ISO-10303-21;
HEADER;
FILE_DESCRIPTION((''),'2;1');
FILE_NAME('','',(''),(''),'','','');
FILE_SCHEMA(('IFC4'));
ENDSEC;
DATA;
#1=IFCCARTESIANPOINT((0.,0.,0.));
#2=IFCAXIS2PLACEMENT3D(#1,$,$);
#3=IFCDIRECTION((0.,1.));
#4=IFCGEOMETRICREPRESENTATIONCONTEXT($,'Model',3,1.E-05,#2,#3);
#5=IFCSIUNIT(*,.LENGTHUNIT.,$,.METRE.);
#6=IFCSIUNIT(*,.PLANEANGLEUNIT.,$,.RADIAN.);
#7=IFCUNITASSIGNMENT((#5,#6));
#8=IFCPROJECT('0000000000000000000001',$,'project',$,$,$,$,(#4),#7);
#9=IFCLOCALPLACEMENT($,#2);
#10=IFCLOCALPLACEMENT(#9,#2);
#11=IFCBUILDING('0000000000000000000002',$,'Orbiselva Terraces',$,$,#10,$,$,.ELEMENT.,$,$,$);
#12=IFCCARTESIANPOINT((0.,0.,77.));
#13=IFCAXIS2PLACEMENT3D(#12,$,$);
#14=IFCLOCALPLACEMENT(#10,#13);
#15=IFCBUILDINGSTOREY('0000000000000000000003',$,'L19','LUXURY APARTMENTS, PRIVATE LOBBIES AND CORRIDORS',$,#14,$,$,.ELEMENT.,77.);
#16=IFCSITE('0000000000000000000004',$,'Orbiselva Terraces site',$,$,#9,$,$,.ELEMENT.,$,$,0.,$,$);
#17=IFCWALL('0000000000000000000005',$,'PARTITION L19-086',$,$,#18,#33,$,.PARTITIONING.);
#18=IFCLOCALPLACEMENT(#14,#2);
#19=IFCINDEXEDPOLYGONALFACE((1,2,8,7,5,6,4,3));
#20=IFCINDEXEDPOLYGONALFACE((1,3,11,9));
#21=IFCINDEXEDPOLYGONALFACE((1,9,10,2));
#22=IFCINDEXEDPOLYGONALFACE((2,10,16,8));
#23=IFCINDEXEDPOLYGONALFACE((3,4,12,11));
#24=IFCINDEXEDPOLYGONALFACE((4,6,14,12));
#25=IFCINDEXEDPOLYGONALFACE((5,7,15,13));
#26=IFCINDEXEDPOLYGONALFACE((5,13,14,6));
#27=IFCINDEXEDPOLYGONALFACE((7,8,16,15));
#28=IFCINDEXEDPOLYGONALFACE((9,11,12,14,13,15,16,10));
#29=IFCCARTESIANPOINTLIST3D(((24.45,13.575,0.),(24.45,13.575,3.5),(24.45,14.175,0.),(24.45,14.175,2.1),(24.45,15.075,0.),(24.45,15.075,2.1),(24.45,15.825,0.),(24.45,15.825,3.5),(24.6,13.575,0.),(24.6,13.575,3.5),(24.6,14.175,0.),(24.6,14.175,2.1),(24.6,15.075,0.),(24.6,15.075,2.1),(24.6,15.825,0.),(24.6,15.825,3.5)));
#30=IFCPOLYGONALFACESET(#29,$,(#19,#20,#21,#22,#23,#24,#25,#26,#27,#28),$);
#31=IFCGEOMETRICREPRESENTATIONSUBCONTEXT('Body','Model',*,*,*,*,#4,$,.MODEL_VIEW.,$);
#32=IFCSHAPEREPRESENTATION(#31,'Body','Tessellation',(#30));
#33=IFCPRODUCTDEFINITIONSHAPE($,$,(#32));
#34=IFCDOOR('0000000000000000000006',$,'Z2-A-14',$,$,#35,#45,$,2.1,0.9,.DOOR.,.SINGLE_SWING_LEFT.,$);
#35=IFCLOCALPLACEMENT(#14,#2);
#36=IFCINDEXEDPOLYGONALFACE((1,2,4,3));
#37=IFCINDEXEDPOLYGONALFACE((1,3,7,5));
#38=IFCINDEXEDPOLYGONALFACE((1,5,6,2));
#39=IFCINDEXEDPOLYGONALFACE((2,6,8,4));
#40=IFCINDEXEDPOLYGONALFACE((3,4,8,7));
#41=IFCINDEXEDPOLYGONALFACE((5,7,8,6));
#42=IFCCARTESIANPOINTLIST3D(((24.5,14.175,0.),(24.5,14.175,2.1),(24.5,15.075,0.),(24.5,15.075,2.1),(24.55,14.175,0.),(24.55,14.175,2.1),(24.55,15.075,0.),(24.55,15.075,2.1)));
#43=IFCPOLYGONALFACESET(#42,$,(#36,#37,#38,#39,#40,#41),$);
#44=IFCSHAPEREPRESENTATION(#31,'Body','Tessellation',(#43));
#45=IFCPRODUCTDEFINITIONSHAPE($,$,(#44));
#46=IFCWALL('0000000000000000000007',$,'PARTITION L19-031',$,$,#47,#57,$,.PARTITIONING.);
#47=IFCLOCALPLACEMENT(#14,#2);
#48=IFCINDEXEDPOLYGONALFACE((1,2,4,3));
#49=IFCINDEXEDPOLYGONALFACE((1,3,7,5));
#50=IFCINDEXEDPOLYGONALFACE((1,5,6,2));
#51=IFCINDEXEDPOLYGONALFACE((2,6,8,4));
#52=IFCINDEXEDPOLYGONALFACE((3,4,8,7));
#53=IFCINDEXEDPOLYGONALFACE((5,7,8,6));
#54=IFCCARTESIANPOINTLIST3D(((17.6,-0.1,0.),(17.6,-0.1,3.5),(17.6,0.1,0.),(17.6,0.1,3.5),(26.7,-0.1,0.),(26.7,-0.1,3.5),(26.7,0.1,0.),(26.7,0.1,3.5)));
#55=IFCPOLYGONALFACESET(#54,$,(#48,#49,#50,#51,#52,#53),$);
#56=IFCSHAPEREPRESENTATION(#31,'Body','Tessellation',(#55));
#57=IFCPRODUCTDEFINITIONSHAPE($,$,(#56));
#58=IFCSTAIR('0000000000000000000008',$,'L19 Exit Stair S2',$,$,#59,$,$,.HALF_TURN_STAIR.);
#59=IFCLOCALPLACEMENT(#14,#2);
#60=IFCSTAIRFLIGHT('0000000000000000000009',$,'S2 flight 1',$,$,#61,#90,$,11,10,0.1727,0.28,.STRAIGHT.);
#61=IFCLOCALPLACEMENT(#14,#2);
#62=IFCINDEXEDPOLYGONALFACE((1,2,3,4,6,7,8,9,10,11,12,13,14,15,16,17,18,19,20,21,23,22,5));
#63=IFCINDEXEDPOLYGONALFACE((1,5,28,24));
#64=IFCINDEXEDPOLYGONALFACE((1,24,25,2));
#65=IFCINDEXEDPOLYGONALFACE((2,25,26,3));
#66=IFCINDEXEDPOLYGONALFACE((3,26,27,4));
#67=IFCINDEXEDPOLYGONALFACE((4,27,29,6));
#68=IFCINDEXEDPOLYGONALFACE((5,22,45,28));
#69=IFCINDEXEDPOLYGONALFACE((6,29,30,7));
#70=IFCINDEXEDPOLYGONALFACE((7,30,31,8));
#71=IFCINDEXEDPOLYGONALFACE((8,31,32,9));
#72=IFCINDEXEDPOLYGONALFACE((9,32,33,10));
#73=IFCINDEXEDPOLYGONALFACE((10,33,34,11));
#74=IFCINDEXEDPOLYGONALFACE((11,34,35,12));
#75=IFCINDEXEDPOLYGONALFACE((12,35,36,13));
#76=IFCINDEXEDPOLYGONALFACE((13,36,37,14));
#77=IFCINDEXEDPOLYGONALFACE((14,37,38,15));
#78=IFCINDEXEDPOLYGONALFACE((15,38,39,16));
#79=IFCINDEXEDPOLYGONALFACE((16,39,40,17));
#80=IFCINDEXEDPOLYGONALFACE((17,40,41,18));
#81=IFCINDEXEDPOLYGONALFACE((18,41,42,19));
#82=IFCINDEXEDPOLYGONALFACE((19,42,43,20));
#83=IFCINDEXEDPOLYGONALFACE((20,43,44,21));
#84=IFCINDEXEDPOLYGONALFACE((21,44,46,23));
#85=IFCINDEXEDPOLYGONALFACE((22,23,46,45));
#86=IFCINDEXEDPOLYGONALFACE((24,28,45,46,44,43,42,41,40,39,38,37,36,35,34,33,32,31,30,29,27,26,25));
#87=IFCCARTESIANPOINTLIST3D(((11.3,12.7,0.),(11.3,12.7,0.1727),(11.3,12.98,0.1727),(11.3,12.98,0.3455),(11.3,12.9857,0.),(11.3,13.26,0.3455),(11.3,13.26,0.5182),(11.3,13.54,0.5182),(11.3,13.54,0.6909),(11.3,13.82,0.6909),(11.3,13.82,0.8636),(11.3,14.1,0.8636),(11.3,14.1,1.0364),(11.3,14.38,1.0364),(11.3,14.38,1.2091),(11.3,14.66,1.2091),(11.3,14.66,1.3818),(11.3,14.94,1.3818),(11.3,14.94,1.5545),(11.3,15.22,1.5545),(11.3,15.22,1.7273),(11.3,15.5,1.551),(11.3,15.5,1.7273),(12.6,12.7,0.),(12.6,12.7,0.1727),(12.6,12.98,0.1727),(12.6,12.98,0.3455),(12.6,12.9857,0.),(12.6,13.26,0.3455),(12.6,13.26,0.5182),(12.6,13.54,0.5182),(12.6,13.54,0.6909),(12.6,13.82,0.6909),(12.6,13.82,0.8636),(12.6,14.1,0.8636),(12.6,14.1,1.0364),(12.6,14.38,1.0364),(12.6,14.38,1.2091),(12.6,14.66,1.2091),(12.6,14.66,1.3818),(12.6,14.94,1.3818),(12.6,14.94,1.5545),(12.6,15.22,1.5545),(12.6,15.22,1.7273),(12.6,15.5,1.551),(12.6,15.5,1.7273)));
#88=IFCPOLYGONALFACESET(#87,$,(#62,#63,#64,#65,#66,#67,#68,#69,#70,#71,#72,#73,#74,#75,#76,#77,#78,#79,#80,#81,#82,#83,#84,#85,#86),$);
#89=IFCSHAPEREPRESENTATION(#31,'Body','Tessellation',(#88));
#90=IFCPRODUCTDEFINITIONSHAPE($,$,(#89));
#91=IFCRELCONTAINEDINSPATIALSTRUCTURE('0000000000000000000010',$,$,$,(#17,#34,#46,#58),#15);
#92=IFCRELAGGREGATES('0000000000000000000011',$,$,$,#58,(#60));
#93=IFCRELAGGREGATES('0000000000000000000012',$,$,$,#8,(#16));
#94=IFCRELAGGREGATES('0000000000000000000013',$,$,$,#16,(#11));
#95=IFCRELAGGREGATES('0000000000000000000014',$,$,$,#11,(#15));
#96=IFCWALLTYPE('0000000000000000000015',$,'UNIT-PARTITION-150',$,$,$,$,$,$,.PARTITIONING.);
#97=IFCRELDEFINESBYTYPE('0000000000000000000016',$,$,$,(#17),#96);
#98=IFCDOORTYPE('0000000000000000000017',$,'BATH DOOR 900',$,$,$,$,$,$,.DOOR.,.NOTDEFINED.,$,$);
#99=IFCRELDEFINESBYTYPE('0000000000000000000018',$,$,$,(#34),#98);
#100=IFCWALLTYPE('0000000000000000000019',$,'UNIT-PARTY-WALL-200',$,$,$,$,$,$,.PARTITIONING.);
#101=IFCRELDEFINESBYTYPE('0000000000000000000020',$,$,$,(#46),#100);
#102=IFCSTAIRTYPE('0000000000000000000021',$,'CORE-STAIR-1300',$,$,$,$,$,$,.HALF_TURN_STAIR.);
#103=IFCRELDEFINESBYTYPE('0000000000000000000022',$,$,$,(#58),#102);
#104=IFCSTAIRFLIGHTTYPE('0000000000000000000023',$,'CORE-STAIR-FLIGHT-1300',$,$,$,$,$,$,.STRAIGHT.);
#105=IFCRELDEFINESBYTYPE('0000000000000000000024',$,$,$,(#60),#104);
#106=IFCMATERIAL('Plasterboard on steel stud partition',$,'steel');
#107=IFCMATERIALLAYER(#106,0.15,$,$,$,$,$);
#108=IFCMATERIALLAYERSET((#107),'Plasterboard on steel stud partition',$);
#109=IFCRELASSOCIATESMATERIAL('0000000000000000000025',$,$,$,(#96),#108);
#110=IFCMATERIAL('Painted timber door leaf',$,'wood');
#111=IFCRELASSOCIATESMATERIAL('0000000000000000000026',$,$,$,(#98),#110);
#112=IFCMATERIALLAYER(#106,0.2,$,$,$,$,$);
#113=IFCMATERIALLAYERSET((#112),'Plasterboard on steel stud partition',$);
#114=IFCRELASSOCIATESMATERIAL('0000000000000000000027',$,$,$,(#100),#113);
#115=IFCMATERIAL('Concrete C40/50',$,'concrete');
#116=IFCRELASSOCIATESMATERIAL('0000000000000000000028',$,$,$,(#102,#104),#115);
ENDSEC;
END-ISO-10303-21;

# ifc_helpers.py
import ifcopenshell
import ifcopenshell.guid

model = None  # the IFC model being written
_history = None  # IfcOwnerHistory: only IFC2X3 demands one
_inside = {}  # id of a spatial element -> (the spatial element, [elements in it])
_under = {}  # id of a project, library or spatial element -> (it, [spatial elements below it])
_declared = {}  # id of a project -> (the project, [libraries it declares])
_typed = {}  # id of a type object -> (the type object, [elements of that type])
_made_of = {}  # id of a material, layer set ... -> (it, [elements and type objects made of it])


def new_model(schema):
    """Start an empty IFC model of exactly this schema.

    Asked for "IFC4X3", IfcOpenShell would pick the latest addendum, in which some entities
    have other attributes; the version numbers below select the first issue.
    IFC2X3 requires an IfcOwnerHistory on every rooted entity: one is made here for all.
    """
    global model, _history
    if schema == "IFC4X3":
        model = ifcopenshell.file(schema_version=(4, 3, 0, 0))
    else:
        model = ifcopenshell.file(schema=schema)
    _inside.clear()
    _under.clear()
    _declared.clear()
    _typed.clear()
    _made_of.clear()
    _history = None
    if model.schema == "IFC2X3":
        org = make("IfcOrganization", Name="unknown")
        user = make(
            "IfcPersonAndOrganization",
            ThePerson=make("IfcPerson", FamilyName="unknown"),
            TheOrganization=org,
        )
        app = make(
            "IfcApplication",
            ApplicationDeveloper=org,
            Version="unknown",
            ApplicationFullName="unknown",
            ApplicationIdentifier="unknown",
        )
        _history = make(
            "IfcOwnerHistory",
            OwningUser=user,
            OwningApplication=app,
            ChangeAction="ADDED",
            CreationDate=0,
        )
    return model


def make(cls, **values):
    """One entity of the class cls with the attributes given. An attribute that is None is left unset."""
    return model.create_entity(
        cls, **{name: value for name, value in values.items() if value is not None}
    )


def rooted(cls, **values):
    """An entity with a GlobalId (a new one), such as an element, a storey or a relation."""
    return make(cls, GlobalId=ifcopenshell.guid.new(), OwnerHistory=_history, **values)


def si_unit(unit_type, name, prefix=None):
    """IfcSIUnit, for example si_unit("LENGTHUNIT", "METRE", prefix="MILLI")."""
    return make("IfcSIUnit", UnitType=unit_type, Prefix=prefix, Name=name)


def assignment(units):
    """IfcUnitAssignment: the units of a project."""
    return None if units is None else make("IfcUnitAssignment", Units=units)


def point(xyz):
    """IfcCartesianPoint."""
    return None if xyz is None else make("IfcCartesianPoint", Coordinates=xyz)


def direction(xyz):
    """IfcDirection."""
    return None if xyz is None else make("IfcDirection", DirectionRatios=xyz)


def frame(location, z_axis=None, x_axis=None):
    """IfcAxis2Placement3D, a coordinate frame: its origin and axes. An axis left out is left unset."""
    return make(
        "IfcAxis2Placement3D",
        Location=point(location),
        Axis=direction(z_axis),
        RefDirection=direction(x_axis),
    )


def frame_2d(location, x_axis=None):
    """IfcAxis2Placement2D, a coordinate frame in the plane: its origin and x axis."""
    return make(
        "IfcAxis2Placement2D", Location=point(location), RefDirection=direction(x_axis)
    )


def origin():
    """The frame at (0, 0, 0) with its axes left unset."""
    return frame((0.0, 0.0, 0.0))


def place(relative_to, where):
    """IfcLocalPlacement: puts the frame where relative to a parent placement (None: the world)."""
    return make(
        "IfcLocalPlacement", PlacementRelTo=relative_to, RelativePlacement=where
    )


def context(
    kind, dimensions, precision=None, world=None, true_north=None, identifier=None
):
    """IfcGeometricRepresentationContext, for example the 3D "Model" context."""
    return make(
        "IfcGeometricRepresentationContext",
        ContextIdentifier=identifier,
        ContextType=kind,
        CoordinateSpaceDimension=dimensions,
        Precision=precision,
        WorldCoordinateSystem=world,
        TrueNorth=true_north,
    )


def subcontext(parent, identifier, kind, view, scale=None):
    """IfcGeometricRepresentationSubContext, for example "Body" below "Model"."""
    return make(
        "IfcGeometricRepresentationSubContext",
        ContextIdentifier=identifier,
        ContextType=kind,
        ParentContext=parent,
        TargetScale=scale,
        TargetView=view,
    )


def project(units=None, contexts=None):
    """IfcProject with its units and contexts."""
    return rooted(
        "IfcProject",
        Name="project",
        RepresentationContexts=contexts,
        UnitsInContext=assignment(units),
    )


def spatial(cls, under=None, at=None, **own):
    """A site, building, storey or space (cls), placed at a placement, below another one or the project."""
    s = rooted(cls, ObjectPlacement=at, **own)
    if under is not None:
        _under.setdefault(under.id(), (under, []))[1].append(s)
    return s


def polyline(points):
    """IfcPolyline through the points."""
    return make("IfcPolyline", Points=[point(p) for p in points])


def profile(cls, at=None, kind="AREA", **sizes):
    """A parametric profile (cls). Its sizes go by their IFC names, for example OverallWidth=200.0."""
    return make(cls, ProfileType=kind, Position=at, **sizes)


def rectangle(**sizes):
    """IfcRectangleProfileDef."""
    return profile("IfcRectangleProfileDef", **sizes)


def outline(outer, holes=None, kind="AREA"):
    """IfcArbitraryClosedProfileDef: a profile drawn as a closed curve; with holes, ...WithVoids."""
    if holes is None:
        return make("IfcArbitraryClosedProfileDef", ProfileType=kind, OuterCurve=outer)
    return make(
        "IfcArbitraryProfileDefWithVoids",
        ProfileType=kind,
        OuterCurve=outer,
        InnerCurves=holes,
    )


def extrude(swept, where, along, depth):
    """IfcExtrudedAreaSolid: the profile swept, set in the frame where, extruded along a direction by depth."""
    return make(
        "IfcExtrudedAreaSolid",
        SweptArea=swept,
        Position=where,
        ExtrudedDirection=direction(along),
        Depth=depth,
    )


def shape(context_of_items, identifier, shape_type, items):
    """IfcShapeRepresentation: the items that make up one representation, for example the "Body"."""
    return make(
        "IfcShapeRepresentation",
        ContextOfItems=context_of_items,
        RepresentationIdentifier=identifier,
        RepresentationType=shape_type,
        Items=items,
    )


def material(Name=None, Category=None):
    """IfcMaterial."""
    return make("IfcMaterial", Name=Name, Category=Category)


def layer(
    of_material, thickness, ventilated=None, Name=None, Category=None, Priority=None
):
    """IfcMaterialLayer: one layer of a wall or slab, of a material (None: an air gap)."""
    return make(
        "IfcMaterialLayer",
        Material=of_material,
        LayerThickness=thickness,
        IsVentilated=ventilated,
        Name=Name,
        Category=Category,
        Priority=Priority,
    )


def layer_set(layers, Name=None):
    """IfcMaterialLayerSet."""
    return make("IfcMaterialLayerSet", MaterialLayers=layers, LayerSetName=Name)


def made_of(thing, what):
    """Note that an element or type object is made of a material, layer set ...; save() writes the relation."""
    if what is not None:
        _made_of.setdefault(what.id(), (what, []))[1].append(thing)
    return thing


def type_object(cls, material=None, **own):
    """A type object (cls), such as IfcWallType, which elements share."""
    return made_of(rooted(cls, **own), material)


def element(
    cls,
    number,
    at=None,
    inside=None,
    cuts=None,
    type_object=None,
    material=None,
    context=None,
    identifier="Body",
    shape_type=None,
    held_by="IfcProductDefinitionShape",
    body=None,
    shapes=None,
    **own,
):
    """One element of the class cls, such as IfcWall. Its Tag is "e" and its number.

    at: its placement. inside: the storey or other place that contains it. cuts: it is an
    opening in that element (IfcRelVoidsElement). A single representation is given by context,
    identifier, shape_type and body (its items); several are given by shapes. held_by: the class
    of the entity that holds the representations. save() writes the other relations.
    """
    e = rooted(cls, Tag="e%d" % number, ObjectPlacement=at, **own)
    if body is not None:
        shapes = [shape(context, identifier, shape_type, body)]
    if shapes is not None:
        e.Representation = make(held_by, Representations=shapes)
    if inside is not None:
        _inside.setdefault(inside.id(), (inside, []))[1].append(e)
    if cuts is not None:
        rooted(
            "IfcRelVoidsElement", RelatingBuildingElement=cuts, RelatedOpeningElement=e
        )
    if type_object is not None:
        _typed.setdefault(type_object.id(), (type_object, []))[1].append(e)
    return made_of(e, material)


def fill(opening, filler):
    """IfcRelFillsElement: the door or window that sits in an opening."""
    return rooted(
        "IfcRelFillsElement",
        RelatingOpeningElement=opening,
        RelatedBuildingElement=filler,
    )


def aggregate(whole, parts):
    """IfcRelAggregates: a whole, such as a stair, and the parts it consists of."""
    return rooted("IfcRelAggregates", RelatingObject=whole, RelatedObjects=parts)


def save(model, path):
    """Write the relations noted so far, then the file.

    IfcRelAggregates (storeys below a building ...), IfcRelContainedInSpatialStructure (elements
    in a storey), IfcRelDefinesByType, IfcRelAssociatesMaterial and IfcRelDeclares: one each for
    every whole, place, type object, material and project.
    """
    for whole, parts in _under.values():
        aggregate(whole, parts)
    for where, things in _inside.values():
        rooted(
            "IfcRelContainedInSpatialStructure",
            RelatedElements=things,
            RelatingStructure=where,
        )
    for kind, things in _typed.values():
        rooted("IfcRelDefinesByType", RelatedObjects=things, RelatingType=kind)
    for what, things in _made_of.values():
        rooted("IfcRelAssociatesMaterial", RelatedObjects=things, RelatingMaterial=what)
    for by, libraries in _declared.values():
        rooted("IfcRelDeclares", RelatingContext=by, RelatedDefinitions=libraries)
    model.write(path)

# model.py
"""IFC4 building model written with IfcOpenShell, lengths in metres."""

from ifc_helpers import new_model, si_unit, direction, frame, frame_2d, origin, place, context, subcontext, project, spatial, polyline, rectangle, outline, extrude, material, layer, layer_set, type_object, element, fill, aggregate, save


model = new_model("IFC4")

# Units and contexts
model_context = context("Model", 3, precision=1e-05, world=origin(), true_north=direction((0.0, 1.0)))
body_context = subcontext(model_context, "Body", "Model", "MODEL_VIEW")
ifc_project = project(units=[si_unit("LENGTHUNIT", "METRE"), si_unit("PLANEANGLEUNIT", "RADIAN")], contexts=[model_context])

# Site, building, storey
site_placement = place(None, origin())
site = spatial("IfcSite", under=ifc_project, at=site_placement, Name="Orbiselva Terraces site", CompositionType="ELEMENT", RefElevation=0.0)
building_placement = place(site_placement, origin())
building = spatial("IfcBuilding", under=site, at=building_placement, Name="Orbiselva Terraces", CompositionType="ELEMENT")
storey_placement = place(building_placement, frame((0.0, 0.0, 77.0)))
storey = spatial("IfcBuildingStorey", under=building, at=storey_placement, Name="L19", Description="LUXURY APARTMENTS, PRIVATE LOBBIES AND CORRIDORS", CompositionType="ELEMENT", Elevation=77.0)

# Shared definitions
ifc_material_1 = material(Name="Plasterboard on steel stud partition", Category="steel")
ifc_material_2 = material(Name="Painted timber door leaf", Category="wood")

# Shared definitions
ifc_layer_1 = layer(ifc_material_1, 0.15)
ifc_layer_set_1 = layer_set([ifc_layer_1], Name="Plasterboard on steel stud partition")
wall_type_1 = type_object("IfcWallType", Name="UNIT-PARTITION-150", PredefinedType="PARTITIONING", material=ifc_layer_set_1)

# Wall, opening, door
door_type_1 = type_object("IfcDoorType", Name="BATH DOOR 900", OperationType="NOTDEFINED", PredefinedType="DOOR", material=ifc_material_2)
wall_1_placement = place(storey_placement, frame((24.525, 13.575, 0.0), z_axis=(0.0, 0.0, 1.0), x_axis=(0.0, 1.0, 0.0)))
wall_1 = element("IfcWall", 1, at=wall_1_placement, inside=storey, type_object=wall_type_1, Name="PARTITION L19-086", PredefinedType="PARTITIONING", context=body_context, shape_type="SweptSolid", body=[
    extrude(rectangle(XDim=2.25, YDim=0.15, at=frame_2d((1.125, 0.0))), origin(), (0.0, 0.0, 1.0), 3.5),
])
opening_1_placement = place(wall_1_placement, frame((0.6, 0.0, 0.0)))
opening_1 = element("IfcOpeningElement", 2, at=opening_1_placement, cuts=wall_1, PredefinedType="OPENING", context=body_context, shape_type="SweptSolid", body=[
    extrude(rectangle(XDim=0.9, YDim=2.1, at=frame_2d((0.45, 1.05))), frame((0.0, 0.085, 0.0), z_axis=(0.0, -1.0, 0.0), x_axis=(1.0, 0.0, 0.0)), (0.0, 0.0, 1.0), 0.17),
])
door_1_placement = place(opening_1_placement, origin())
door_1 = element("IfcDoor", 3, at=door_1_placement, inside=storey, type_object=door_type_1, Name="Z2-A-14", OperationType="SINGLE_SWING_LEFT", OverallHeight=2.1, OverallWidth=0.9, PredefinedType="DOOR", context=body_context, shape_type="SweptSolid", body=[
    extrude(rectangle(XDim=0.9, YDim=2.1, at=frame_2d((0.45, 1.05))), frame((0.0, 0.025, 0.0), z_axis=(0.0, -1.0, 0.0), x_axis=(1.0, 0.0, 0.0)), (0.0, 0.0, 1.0), 0.05),
])
fill(opening_1, door_1)

# Wall
ifc_layer_2 = layer(ifc_material_1, 0.2)
ifc_layer_set_2 = layer_set([ifc_layer_2], Name="Plasterboard on steel stud partition")
wall_type_2 = type_object("IfcWallType", Name="UNIT-PARTY-WALL-200", PredefinedType="PARTITIONING", material=ifc_layer_set_2)
wall_2_placement = place(storey_placement, frame((17.6, 0.0, 0.0), z_axis=(0.0, 0.0, 1.0), x_axis=(1.0, 0.0, 0.0)))
element("IfcWall", 4, at=wall_2_placement, inside=storey, type_object=wall_type_2, Name="PARTITION L19-031", PredefinedType="PARTITIONING", context=body_context, shape_type="SweptSolid", body=[
    extrude(rectangle(XDim=9.1, YDim=0.2, at=frame_2d((4.55, 0.0))), origin(), (0.0, 0.0, 1.0), 3.5),
])

# Stair, stair flight
ifc_material_3 = material(Name="Concrete C40/50", Category="concrete")
stair_type = type_object("IfcStairType", Name="CORE-STAIR-1300", PredefinedType="HALF_TURN_STAIR", material=ifc_material_3)
stair_placement = place(storey_placement, origin())
stair = element("IfcStair", 5, at=stair_placement, inside=storey, type_object=stair_type, Name="L19 Exit Stair S2", PredefinedType="HALF_TURN_STAIR")
stair_flight_type = type_object("IfcStairFlightType", Name="CORE-STAIR-FLIGHT-1300", PredefinedType="STRAIGHT", material=ifc_material_3)
stair_flight_placement = place(storey_placement, frame((11.95, 12.7, 0.0), z_axis=(0.0, 0.0, 1.0), x_axis=(0.0, 1.0, 0.0)))
stair_flight = element("IfcStairFlight", 6, at=stair_flight_placement, type_object=stair_flight_type, Name="S2 flight 1", NumberOfRisers=11, NumberOfTreads=10, PredefinedType="STRAIGHT", RiserHeight=0.1727, TreadLength=0.28, context=body_context, shape_type="SweptSolid", body=[
    extrude(outline(polyline([(0.0, 0.0), (0.0, 0.1727), (0.28, 0.1727), (0.28, 0.3455), (0.56, 0.3455), (0.56, 0.5182), (0.84, 0.5182), (0.84, 0.6909), (1.12, 0.6909), (1.12, 0.8636), (1.4, 0.8636), (1.4, 1.0364), (1.68, 1.0364), (1.68, 1.2091), (1.96, 1.2091), (1.96, 1.3818), (2.24, 1.3818), (2.24, 1.5545), (2.52, 1.5545), (2.52, 1.7273), (2.8, 1.7273), (2.8, 1.9), (2.8, 1.551), (0.2857, 0.0), (0.0, 0.0)])), frame((0.0, 0.65, 0.0), z_axis=(0.0, -1.0, 0.0), x_axis=(1.0, 0.0, 0.0)), (0.0, 0.0, 1.0), 1.3),
])
aggregate(stair, [stair_flight])

save(model, "model.ifc")
